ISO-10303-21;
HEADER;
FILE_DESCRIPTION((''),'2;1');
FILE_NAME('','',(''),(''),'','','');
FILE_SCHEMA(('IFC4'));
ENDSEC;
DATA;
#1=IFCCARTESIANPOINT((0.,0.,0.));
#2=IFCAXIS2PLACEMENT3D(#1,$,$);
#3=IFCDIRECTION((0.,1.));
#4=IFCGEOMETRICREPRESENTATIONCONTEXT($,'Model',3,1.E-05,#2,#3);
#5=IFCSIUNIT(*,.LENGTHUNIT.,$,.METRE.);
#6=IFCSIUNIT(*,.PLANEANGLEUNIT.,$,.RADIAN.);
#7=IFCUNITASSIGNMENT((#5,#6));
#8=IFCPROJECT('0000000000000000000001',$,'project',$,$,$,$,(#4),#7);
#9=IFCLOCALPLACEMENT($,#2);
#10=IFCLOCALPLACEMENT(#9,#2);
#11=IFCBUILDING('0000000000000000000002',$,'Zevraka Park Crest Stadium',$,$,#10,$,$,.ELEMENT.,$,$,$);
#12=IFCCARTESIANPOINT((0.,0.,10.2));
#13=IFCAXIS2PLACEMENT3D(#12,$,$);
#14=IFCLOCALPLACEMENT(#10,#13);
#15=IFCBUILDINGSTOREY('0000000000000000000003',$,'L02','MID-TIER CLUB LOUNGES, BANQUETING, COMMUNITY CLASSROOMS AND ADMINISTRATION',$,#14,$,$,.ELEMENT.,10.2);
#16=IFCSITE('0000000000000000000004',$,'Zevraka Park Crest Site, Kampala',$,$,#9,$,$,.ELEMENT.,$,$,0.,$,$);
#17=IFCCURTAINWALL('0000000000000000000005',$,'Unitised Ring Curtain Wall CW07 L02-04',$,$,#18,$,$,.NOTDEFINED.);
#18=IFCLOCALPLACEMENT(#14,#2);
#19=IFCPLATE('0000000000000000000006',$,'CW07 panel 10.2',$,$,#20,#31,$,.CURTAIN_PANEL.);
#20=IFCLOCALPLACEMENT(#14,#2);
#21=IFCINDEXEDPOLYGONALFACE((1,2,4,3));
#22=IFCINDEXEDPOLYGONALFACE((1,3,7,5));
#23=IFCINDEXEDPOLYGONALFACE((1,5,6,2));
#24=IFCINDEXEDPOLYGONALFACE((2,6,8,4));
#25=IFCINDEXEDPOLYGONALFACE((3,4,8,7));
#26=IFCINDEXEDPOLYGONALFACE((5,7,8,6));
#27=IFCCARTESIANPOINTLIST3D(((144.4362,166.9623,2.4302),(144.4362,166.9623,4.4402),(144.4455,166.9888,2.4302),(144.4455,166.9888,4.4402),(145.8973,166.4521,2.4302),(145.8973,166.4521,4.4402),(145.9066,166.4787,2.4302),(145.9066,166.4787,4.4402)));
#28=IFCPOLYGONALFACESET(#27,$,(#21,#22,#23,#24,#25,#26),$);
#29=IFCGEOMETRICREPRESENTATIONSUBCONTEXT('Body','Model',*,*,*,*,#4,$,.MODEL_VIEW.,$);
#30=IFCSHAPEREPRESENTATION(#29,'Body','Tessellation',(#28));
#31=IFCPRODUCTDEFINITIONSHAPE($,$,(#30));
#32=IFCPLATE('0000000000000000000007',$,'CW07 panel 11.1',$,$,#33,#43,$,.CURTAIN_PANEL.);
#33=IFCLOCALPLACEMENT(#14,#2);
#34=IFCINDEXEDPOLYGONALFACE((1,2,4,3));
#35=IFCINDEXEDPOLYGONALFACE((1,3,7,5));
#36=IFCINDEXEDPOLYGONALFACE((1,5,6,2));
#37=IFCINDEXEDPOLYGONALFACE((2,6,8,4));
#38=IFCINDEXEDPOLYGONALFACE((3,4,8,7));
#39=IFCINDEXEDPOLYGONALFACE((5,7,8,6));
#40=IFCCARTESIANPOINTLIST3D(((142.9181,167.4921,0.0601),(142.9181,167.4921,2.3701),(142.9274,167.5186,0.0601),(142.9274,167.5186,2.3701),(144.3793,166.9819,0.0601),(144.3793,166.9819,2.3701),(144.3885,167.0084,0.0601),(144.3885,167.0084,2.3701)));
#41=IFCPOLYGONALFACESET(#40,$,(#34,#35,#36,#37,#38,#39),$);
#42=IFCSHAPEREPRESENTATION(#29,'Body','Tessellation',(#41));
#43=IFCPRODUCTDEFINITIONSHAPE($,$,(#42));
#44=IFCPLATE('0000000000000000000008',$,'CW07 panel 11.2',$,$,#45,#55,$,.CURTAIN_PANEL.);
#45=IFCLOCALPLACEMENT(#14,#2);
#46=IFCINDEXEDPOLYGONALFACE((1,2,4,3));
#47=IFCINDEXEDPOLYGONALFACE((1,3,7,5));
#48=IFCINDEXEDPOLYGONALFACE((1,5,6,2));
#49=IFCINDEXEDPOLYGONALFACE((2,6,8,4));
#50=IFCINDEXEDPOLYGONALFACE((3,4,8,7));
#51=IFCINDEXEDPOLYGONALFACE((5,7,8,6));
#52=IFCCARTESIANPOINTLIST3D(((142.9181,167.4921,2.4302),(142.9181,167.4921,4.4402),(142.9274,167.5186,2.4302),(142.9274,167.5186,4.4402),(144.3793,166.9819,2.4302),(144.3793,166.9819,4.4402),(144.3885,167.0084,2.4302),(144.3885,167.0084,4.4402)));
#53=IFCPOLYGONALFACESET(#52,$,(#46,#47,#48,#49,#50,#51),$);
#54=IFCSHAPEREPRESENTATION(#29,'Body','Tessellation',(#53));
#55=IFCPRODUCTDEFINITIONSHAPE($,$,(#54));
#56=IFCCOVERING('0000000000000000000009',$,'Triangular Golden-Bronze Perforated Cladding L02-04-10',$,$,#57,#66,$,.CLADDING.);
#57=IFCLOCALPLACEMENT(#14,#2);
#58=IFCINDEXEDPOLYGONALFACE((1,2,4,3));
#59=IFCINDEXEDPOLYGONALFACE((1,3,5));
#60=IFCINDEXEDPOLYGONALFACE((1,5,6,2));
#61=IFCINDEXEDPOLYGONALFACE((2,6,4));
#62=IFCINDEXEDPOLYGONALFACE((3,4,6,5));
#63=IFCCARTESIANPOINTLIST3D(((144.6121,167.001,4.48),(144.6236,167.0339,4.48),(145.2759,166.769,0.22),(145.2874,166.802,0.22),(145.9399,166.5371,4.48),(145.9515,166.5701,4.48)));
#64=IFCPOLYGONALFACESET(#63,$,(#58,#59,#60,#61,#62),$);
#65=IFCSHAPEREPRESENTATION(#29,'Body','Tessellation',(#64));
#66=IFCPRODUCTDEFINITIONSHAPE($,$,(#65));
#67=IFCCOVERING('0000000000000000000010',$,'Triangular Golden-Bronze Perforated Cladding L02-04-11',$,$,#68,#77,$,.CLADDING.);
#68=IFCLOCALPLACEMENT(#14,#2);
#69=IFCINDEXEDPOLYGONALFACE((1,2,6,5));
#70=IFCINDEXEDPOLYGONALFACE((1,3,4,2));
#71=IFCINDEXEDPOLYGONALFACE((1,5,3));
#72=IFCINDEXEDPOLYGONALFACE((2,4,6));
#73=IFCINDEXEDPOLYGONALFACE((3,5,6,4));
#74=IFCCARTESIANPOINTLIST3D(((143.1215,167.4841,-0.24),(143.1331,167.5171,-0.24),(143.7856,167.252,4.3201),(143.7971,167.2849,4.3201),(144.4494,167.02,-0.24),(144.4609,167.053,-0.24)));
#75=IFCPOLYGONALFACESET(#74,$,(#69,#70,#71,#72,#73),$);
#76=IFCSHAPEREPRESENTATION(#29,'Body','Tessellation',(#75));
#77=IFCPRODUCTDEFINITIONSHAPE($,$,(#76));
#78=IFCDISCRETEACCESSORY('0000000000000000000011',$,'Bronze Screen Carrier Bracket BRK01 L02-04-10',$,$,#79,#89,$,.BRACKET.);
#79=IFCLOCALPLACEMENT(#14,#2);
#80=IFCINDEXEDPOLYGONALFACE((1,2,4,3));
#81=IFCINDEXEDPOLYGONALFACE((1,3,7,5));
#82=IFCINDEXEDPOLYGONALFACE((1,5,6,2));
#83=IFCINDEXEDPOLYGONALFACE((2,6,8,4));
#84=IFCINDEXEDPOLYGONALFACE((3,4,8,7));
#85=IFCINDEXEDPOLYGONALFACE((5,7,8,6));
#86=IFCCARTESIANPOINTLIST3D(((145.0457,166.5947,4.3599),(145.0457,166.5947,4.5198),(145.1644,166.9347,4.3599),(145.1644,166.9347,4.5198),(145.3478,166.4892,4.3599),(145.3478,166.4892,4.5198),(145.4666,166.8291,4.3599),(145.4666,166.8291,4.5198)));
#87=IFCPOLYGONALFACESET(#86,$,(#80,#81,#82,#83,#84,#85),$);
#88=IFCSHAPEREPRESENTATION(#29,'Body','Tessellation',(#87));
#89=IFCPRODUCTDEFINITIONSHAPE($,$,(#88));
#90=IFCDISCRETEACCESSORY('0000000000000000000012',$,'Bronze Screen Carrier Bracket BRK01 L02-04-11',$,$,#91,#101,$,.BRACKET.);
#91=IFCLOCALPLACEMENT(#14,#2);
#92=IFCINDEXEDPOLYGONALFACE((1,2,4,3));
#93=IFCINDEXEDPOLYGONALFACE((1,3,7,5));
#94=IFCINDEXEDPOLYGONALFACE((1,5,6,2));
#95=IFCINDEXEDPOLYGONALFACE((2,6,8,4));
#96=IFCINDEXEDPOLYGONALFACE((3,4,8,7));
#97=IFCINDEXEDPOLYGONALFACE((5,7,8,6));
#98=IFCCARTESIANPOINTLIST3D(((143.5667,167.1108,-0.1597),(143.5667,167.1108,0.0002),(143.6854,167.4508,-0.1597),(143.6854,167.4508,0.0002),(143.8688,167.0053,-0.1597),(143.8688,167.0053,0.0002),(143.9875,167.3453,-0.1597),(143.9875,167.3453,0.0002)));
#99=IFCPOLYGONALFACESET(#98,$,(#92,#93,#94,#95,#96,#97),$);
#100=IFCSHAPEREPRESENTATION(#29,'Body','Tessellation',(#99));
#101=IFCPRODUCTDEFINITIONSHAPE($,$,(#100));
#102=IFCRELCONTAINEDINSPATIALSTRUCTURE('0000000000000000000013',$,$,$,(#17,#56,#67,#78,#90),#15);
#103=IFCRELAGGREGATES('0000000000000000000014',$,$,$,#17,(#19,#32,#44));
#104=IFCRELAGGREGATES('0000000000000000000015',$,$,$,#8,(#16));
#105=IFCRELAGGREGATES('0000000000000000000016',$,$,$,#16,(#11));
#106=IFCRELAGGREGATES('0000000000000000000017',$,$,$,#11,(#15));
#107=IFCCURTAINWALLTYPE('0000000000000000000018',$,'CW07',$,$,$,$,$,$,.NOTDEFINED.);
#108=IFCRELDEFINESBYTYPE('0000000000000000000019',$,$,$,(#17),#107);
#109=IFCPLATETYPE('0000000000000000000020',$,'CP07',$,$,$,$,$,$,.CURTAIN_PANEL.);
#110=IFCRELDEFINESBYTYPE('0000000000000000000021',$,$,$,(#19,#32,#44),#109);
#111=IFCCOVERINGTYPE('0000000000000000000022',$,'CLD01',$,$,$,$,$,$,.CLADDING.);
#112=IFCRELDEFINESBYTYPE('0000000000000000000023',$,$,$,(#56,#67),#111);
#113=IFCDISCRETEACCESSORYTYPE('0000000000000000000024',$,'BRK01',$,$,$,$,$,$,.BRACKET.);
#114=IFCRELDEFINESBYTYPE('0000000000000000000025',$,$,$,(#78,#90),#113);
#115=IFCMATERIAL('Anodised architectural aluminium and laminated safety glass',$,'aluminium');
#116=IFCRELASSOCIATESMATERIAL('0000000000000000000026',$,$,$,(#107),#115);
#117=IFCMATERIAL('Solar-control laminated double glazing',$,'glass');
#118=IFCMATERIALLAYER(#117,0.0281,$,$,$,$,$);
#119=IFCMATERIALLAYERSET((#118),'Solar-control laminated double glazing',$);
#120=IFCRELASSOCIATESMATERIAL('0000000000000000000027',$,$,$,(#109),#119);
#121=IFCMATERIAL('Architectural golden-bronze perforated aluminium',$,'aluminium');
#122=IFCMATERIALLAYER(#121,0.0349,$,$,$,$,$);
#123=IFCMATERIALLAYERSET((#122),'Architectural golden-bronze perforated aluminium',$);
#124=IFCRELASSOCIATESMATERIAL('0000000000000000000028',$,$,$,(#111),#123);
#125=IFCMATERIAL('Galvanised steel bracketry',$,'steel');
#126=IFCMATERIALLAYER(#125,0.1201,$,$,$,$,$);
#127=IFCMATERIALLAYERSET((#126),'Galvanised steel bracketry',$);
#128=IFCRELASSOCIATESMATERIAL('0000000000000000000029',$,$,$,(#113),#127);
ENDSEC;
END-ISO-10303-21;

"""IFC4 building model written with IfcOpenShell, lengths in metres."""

from ifc_helpers import new_model, si_unit, direction, frame, origin, origin_2d, place, context, subcontext, project, spatial, polyline, rectangle, outline, extrude, material, layer, layer_set, type_object, element, aggregate, save


model = new_model("IFC4")

# Units and contexts
model_context = context("Model", 3, precision=1e-05, world=origin(), true_north=direction((0.0, 1.0)))
body_context = subcontext(model_context, "Body", "Model", "MODEL_VIEW")
ifc_project = project(units=[si_unit("LENGTHUNIT", "METRE"), si_unit("PLANEANGLEUNIT", "RADIAN")], contexts=[model_context])

# Site, building, storey
site_placement = place(None, origin())
site = spatial("IfcSite", under=ifc_project, at=site_placement, Name="Zevraka Park Crest Site, Kampala", CompositionType="ELEMENT", RefElevation=0.0)
building_placement = place(site_placement, origin())
building = spatial("IfcBuilding", under=site, at=building_placement, Name="Zevraka Park Crest Stadium", CompositionType="ELEMENT")
storey_placement = place(building_placement, frame((0.0, 0.0, 10.2)))
storey = spatial("IfcBuildingStorey", under=building, at=storey_placement, Name="L02", Description="MID-TIER CLUB LOUNGES, BANQUETING, COMMUNITY CLASSROOMS AND ADMINISTRATION", CompositionType="ELEMENT", Elevation=10.2)

# Curtain wall, plates
ifc_material_1 = material(Name="Anodised architectural aluminium and laminated safety glass", Category="aluminium")
curtain_wall_type = type_object("IfcCurtainWallType", Name="CW07", PredefinedType="NOTDEFINED", material=ifc_material_1)
curtain_wall_placement = place(storey_placement, origin())
curtain_wall = element("IfcCurtainWall", 1, at=curtain_wall_placement, inside=storey, type_object=curtain_wall_type, Name="Unitised Ring Curtain Wall CW07 L02-04", PredefinedType="NOTDEFINED")
ifc_material_2 = material(Name="Solar-control laminated double glazing", Category="glass")
ifc_layer_1 = layer(ifc_material_2, 0.0281)
ifc_layer_set_1 = layer_set([ifc_layer_1], Name="Solar-control laminated double glazing")
plate_type = type_object("IfcPlateType", Name="CP07", PredefinedType="CURTAIN_PANEL", material=ifc_layer_set_1)
plate_1_placement = place(storey_placement, frame((145.1714, 166.7205, 2.4302), z_axis=(0.0, 0.0, 1.0), x_axis=(-0.944114, 0.329619, 0.0)))
plate_1 = element("IfcPlate", 2, at=plate_1_placement, type_object=plate_type, Name="CW07 panel 10.2", PredefinedType="CURTAIN_PANEL", context=body_context, shape_type="SweptSolid", body=[
    extrude(rectangle(XDim=1.5476, YDim=0.0281, at=origin_2d()), origin(), (0.0, 0.0, 1.0), 2.01),
])
plate_2_placement = place(storey_placement, frame((143.6533, 167.2502, 0.0601), z_axis=(0.0, 0.0, 1.0), x_axis=(-0.944114, 0.329619, 0.0)))
plate_2 = element("IfcPlate", 3, at=plate_2_placement, type_object=plate_type, Name="CW07 panel 11.1", PredefinedType="CURTAIN_PANEL", context=body_context, shape_type="SweptSolid", body=[
    extrude(rectangle(XDim=1.5476, YDim=0.0281, at=origin_2d()), origin(), (0.0, 0.0, 1.0), 2.3101),
])
plate_3_placement = place(storey_placement, frame((143.6533, 167.2502, 2.4302), z_axis=(0.0, 0.0, 1.0), x_axis=(-0.944114, 0.329619, 0.0)))
plate_3 = element("IfcPlate", 4, at=plate_3_placement, type_object=plate_type, Name="CW07 panel 11.2", PredefinedType="CURTAIN_PANEL", context=body_context, shape_type="SweptSolid", body=[
    extrude(rectangle(XDim=1.5476, YDim=0.0281, at=origin_2d()), origin(), (0.0, 0.0, 1.0), 2.01),
])
aggregate(curtain_wall, [plate_1, plate_2, plate_3])

# Coverings
ifc_material_3 = material(Name="Architectural golden-bronze perforated aluminium", Category="aluminium")
ifc_layer_2 = layer(ifc_material_3, 0.0349)
ifc_layer_set_2 = layer_set([ifc_layer_2], Name="Architectural golden-bronze perforated aluminium")
covering_type = type_object("IfcCoveringType", Name="CLD01", PredefinedType="CLADDING", material=ifc_layer_set_2)
covering_1_placement = place(storey_placement, frame((144.6121, 167.001, 4.48), z_axis=(-0.329786, -0.944056, 0.000009), x_axis=(0.944056, -0.329786, 0.0)))
element("IfcCovering", 5, at=covering_1_placement, inside=storey, type_object=covering_type, Name="Triangular Golden-Bronze Perforated Cladding L02-04-10", PredefinedType="CLADDING", context=body_context, shape_type="SweptSolid", body=[
    extrude(outline(polyline([(0.0, 0.0), (1.4066, 0.0), (0.7032, -4.26), (0.0, 0.0)])), origin(), (0.0, 0.0, -1.0), 0.0349),
])
covering_2_placement = place(storey_placement, frame((144.4609, 167.053, -0.24), z_axis=(0.329941, 0.944002, 0.000016), x_axis=(-0.944002, 0.329941, 0.0)))
element("IfcCovering", 6, at=covering_2_placement, inside=storey, type_object=covering_type, Name="Triangular Golden-Bronze Perforated Cladding L02-04-11", PredefinedType="CLADDING", context=body_context, shape_type="SweptSolid", body=[
    extrude(outline(polyline([(0.0, 0.0), (1.4067, 0.0), (0.7032, 4.5601), (0.0, 0.0)])), origin(), (0.0, 0.0, -1.0), 0.0349),
])

# Discrete accessories
ifc_material_4 = material(Name="Galvanised steel bracketry", Category="steel")
ifc_layer_3 = layer(ifc_material_4, 0.1201)
ifc_layer_set_3 = layer_set([ifc_layer_3], Name="Galvanised steel bracketry")
discrete_accessory_type = type_object("IfcDiscreteAccessoryType", Name="BRK01", PredefinedType="BRACKET", material=ifc_layer_set_3)
for number, where, z_axis, x_axis, name in (
    (7, (145.2561, 166.7119, 4.3599), (0.0, 0.0, 1.0), (-0.944089, 0.329691, 0.0), "Bronze Screen Carrier Bracket BRK01 L02-04-10"),
    (8, (143.7771, 167.228, -0.1597), (0.0, 0.0, 1.0), (-0.944089, 0.329691, 0.0), "Bronze Screen Carrier Bracket BRK01 L02-04-11"),
):
    element("IfcDiscreteAccessory", number, at=place(storey_placement, frame(where, z_axis=z_axis, x_axis=x_axis)), inside=storey, type_object=discrete_accessory_type, Name=name, PredefinedType="BRACKET", context=body_context, shape_type="SweptSolid", body=[
        extrude(rectangle(XDim=0.3201, YDim=0.3601, at=origin_2d()), origin(), (0.0, 0.0, 1.0), 0.1599),
    ])

save(model, "model.ifc")
